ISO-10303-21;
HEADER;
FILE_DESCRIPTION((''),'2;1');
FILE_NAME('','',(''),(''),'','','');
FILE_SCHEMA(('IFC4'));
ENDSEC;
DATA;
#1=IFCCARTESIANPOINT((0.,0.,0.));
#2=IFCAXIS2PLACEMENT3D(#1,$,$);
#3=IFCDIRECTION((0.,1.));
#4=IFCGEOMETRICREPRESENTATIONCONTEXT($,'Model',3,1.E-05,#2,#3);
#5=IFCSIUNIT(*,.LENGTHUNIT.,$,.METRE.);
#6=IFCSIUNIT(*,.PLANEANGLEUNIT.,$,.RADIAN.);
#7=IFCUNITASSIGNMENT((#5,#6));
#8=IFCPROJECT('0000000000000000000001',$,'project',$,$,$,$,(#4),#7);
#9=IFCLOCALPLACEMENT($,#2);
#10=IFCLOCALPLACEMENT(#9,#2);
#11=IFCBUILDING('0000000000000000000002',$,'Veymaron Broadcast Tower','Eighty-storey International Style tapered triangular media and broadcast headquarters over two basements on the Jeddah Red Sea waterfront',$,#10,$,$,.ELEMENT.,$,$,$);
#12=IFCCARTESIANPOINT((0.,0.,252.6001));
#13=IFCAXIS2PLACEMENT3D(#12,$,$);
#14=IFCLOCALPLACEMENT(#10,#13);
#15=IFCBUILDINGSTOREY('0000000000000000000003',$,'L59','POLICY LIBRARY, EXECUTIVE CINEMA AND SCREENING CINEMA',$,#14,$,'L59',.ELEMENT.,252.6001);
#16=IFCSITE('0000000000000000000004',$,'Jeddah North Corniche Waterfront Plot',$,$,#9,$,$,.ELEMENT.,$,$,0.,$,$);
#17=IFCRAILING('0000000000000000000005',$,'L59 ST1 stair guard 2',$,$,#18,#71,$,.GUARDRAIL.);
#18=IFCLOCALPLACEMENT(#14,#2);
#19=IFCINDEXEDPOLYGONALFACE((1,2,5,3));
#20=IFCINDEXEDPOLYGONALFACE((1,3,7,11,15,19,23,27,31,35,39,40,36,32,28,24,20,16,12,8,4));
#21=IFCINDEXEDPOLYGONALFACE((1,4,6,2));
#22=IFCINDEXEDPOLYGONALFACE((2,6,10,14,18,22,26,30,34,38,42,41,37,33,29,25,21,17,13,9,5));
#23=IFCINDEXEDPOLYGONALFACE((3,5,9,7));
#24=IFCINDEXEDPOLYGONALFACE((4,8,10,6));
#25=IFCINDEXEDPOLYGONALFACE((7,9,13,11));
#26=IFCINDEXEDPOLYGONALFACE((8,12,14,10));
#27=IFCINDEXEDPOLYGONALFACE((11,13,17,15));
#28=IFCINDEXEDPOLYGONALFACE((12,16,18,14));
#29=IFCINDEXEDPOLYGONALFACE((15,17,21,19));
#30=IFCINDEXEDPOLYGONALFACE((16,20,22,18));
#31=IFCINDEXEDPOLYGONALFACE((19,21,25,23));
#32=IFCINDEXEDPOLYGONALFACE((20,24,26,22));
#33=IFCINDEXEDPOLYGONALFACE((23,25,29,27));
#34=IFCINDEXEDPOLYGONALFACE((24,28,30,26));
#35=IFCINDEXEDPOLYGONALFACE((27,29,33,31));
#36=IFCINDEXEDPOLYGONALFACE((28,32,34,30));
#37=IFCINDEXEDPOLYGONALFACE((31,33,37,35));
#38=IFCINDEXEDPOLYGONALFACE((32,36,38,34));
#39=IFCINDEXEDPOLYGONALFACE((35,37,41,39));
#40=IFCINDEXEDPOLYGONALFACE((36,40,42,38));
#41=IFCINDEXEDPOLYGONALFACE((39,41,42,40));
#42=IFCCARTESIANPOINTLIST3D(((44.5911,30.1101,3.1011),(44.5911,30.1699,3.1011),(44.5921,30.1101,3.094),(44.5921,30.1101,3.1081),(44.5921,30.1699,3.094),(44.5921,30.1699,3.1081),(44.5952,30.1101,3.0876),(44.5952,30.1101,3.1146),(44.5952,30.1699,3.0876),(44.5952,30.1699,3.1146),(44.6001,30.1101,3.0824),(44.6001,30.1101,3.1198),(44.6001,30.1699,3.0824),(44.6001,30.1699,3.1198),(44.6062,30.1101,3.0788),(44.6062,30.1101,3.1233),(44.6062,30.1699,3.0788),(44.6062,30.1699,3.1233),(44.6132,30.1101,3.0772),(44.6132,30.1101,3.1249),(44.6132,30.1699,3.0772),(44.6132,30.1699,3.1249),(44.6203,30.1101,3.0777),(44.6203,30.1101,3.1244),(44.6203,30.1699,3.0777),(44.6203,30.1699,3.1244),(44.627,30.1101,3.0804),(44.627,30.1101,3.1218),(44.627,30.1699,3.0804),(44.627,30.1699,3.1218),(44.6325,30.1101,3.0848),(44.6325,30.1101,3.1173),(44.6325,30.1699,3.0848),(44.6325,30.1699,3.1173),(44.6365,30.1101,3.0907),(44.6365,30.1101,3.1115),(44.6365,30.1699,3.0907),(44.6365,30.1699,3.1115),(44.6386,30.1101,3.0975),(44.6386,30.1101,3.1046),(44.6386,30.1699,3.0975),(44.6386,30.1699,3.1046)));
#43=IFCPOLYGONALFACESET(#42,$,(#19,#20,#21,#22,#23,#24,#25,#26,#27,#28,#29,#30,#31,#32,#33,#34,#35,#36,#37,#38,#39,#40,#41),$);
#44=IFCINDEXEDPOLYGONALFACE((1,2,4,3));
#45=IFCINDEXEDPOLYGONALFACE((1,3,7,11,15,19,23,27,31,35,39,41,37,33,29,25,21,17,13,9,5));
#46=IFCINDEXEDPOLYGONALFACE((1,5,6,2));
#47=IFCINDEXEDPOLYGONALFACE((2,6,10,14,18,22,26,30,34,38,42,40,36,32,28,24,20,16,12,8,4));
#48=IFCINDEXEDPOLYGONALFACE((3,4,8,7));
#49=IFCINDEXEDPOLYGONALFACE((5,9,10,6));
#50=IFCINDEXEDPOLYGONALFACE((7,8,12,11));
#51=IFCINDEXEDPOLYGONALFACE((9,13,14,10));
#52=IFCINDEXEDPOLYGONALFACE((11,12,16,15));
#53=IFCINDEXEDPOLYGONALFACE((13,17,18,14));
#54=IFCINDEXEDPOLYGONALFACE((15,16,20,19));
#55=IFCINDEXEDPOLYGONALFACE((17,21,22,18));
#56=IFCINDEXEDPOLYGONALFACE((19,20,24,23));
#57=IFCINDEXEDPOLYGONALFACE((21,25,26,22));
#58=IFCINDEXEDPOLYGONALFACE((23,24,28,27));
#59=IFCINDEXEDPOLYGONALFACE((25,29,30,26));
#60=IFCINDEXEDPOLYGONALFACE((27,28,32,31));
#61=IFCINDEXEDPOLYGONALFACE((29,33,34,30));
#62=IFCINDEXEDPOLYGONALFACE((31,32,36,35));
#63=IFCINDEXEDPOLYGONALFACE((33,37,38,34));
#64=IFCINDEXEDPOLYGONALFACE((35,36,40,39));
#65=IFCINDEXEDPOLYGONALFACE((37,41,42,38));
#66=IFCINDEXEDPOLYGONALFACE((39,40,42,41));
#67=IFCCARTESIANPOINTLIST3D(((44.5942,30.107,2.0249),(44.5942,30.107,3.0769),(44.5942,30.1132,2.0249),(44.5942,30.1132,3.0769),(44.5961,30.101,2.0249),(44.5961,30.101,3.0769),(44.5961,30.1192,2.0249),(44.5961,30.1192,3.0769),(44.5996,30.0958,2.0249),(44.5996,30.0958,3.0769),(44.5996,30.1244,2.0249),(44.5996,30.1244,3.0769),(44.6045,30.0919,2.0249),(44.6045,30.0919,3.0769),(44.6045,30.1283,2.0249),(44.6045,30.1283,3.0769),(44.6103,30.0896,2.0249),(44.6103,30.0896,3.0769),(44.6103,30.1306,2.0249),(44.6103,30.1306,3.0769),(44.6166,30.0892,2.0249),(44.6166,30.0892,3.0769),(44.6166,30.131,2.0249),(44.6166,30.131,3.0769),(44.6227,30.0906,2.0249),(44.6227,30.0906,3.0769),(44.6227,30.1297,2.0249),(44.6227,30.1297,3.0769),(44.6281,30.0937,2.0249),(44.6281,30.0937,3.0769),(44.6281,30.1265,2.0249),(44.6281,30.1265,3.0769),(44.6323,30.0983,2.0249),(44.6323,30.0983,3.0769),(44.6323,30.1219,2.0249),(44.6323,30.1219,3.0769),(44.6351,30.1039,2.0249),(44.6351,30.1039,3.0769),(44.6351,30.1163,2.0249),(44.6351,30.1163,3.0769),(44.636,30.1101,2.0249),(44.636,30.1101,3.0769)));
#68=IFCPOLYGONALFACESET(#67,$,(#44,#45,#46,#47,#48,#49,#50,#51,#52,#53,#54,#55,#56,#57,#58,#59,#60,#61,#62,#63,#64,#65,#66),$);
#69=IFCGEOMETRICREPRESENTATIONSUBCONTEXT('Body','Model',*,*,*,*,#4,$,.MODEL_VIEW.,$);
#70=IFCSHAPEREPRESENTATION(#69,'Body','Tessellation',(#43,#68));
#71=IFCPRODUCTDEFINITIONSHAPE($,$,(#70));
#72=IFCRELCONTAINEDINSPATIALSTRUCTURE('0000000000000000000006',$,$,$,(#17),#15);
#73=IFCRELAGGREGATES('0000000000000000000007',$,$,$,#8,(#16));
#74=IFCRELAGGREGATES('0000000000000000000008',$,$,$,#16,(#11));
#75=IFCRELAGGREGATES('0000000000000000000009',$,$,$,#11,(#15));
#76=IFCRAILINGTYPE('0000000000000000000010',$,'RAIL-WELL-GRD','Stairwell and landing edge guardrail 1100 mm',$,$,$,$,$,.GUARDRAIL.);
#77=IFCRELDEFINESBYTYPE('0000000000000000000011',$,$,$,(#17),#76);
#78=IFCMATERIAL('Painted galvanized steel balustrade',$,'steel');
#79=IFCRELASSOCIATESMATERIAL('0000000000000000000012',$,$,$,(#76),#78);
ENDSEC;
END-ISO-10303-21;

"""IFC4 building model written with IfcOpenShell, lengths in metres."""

from ifc_helpers import new_model, si_unit, direction, frame, origin, origin_2d, place, context, subcontext, project, spatial, circle, extrude, material, type_object, element, save


model = new_model("IFC4")

# Units and contexts
model_context = context("Model", 3, precision=1e-05, world=origin(), true_north=direction((0.0, 1.0)))
body_context = subcontext(model_context, "Body", "Model", "MODEL_VIEW")
ifc_project = project(units=[si_unit("LENGTHUNIT", "METRE"), si_unit("PLANEANGLEUNIT", "RADIAN")], contexts=[model_context])

# Site, building, storey
site_placement = place(None, origin())
site = spatial("IfcSite", under=ifc_project, at=site_placement, Name="Jeddah North Corniche Waterfront Plot", CompositionType="ELEMENT", RefElevation=0.0)
building_placement = place(site_placement, origin())
building = spatial("IfcBuilding", under=site, at=building_placement, Name="Veymaron Broadcast Tower", Description="Eighty-storey International Style tapered triangular media and broadcast headquarters over two basements on the Jeddah Red Sea waterfront", CompositionType="ELEMENT")
storey_placement = place(building_placement, frame((0.0, 0.0, 252.6001)))
storey = spatial("IfcBuildingStorey", under=building, at=storey_placement, Name="L59", Description="POLICY LIBRARY, EXECUTIVE CINEMA AND SCREENING CINEMA", LongName="L59", CompositionType="ELEMENT", Elevation=252.6001)

# Railing
ifc_material_1 = material(Name="Painted galvanized steel balustrade", Category="steel")
railing_type_1 = type_object("IfcRailingType", Name="RAIL-WELL-GRD", Description="Stairwell and landing edge guardrail 1100 mm", PredefinedType="GUARDRAIL", material=ifc_material_1)
railing_1_placement = place(storey_placement, frame((44.615, 30.1101, 2.0249)))
element("IfcRailing", 1, at=railing_1_placement, inside=storey, type_object=railing_type_1, Name="L59 ST1 stair guard 2", PredefinedType="GUARDRAIL", context=body_context, shape_type="SweptSolid", body=[
    extrude(circle(Radius=0.0239, at=origin_2d()), frame((0.0, 0.0, 1.0762), z_axis=(0.0, 1.0, 0.0), x_axis=(-1.0, 0.0, 0.0)), (0.0, 0.0, 1.0), 0.0598),
    extrude(circle(Radius=0.021, at=origin_2d()), origin(), (0.0, 0.0, 1.0), 1.052),
])

save(model, "model.ifc")
